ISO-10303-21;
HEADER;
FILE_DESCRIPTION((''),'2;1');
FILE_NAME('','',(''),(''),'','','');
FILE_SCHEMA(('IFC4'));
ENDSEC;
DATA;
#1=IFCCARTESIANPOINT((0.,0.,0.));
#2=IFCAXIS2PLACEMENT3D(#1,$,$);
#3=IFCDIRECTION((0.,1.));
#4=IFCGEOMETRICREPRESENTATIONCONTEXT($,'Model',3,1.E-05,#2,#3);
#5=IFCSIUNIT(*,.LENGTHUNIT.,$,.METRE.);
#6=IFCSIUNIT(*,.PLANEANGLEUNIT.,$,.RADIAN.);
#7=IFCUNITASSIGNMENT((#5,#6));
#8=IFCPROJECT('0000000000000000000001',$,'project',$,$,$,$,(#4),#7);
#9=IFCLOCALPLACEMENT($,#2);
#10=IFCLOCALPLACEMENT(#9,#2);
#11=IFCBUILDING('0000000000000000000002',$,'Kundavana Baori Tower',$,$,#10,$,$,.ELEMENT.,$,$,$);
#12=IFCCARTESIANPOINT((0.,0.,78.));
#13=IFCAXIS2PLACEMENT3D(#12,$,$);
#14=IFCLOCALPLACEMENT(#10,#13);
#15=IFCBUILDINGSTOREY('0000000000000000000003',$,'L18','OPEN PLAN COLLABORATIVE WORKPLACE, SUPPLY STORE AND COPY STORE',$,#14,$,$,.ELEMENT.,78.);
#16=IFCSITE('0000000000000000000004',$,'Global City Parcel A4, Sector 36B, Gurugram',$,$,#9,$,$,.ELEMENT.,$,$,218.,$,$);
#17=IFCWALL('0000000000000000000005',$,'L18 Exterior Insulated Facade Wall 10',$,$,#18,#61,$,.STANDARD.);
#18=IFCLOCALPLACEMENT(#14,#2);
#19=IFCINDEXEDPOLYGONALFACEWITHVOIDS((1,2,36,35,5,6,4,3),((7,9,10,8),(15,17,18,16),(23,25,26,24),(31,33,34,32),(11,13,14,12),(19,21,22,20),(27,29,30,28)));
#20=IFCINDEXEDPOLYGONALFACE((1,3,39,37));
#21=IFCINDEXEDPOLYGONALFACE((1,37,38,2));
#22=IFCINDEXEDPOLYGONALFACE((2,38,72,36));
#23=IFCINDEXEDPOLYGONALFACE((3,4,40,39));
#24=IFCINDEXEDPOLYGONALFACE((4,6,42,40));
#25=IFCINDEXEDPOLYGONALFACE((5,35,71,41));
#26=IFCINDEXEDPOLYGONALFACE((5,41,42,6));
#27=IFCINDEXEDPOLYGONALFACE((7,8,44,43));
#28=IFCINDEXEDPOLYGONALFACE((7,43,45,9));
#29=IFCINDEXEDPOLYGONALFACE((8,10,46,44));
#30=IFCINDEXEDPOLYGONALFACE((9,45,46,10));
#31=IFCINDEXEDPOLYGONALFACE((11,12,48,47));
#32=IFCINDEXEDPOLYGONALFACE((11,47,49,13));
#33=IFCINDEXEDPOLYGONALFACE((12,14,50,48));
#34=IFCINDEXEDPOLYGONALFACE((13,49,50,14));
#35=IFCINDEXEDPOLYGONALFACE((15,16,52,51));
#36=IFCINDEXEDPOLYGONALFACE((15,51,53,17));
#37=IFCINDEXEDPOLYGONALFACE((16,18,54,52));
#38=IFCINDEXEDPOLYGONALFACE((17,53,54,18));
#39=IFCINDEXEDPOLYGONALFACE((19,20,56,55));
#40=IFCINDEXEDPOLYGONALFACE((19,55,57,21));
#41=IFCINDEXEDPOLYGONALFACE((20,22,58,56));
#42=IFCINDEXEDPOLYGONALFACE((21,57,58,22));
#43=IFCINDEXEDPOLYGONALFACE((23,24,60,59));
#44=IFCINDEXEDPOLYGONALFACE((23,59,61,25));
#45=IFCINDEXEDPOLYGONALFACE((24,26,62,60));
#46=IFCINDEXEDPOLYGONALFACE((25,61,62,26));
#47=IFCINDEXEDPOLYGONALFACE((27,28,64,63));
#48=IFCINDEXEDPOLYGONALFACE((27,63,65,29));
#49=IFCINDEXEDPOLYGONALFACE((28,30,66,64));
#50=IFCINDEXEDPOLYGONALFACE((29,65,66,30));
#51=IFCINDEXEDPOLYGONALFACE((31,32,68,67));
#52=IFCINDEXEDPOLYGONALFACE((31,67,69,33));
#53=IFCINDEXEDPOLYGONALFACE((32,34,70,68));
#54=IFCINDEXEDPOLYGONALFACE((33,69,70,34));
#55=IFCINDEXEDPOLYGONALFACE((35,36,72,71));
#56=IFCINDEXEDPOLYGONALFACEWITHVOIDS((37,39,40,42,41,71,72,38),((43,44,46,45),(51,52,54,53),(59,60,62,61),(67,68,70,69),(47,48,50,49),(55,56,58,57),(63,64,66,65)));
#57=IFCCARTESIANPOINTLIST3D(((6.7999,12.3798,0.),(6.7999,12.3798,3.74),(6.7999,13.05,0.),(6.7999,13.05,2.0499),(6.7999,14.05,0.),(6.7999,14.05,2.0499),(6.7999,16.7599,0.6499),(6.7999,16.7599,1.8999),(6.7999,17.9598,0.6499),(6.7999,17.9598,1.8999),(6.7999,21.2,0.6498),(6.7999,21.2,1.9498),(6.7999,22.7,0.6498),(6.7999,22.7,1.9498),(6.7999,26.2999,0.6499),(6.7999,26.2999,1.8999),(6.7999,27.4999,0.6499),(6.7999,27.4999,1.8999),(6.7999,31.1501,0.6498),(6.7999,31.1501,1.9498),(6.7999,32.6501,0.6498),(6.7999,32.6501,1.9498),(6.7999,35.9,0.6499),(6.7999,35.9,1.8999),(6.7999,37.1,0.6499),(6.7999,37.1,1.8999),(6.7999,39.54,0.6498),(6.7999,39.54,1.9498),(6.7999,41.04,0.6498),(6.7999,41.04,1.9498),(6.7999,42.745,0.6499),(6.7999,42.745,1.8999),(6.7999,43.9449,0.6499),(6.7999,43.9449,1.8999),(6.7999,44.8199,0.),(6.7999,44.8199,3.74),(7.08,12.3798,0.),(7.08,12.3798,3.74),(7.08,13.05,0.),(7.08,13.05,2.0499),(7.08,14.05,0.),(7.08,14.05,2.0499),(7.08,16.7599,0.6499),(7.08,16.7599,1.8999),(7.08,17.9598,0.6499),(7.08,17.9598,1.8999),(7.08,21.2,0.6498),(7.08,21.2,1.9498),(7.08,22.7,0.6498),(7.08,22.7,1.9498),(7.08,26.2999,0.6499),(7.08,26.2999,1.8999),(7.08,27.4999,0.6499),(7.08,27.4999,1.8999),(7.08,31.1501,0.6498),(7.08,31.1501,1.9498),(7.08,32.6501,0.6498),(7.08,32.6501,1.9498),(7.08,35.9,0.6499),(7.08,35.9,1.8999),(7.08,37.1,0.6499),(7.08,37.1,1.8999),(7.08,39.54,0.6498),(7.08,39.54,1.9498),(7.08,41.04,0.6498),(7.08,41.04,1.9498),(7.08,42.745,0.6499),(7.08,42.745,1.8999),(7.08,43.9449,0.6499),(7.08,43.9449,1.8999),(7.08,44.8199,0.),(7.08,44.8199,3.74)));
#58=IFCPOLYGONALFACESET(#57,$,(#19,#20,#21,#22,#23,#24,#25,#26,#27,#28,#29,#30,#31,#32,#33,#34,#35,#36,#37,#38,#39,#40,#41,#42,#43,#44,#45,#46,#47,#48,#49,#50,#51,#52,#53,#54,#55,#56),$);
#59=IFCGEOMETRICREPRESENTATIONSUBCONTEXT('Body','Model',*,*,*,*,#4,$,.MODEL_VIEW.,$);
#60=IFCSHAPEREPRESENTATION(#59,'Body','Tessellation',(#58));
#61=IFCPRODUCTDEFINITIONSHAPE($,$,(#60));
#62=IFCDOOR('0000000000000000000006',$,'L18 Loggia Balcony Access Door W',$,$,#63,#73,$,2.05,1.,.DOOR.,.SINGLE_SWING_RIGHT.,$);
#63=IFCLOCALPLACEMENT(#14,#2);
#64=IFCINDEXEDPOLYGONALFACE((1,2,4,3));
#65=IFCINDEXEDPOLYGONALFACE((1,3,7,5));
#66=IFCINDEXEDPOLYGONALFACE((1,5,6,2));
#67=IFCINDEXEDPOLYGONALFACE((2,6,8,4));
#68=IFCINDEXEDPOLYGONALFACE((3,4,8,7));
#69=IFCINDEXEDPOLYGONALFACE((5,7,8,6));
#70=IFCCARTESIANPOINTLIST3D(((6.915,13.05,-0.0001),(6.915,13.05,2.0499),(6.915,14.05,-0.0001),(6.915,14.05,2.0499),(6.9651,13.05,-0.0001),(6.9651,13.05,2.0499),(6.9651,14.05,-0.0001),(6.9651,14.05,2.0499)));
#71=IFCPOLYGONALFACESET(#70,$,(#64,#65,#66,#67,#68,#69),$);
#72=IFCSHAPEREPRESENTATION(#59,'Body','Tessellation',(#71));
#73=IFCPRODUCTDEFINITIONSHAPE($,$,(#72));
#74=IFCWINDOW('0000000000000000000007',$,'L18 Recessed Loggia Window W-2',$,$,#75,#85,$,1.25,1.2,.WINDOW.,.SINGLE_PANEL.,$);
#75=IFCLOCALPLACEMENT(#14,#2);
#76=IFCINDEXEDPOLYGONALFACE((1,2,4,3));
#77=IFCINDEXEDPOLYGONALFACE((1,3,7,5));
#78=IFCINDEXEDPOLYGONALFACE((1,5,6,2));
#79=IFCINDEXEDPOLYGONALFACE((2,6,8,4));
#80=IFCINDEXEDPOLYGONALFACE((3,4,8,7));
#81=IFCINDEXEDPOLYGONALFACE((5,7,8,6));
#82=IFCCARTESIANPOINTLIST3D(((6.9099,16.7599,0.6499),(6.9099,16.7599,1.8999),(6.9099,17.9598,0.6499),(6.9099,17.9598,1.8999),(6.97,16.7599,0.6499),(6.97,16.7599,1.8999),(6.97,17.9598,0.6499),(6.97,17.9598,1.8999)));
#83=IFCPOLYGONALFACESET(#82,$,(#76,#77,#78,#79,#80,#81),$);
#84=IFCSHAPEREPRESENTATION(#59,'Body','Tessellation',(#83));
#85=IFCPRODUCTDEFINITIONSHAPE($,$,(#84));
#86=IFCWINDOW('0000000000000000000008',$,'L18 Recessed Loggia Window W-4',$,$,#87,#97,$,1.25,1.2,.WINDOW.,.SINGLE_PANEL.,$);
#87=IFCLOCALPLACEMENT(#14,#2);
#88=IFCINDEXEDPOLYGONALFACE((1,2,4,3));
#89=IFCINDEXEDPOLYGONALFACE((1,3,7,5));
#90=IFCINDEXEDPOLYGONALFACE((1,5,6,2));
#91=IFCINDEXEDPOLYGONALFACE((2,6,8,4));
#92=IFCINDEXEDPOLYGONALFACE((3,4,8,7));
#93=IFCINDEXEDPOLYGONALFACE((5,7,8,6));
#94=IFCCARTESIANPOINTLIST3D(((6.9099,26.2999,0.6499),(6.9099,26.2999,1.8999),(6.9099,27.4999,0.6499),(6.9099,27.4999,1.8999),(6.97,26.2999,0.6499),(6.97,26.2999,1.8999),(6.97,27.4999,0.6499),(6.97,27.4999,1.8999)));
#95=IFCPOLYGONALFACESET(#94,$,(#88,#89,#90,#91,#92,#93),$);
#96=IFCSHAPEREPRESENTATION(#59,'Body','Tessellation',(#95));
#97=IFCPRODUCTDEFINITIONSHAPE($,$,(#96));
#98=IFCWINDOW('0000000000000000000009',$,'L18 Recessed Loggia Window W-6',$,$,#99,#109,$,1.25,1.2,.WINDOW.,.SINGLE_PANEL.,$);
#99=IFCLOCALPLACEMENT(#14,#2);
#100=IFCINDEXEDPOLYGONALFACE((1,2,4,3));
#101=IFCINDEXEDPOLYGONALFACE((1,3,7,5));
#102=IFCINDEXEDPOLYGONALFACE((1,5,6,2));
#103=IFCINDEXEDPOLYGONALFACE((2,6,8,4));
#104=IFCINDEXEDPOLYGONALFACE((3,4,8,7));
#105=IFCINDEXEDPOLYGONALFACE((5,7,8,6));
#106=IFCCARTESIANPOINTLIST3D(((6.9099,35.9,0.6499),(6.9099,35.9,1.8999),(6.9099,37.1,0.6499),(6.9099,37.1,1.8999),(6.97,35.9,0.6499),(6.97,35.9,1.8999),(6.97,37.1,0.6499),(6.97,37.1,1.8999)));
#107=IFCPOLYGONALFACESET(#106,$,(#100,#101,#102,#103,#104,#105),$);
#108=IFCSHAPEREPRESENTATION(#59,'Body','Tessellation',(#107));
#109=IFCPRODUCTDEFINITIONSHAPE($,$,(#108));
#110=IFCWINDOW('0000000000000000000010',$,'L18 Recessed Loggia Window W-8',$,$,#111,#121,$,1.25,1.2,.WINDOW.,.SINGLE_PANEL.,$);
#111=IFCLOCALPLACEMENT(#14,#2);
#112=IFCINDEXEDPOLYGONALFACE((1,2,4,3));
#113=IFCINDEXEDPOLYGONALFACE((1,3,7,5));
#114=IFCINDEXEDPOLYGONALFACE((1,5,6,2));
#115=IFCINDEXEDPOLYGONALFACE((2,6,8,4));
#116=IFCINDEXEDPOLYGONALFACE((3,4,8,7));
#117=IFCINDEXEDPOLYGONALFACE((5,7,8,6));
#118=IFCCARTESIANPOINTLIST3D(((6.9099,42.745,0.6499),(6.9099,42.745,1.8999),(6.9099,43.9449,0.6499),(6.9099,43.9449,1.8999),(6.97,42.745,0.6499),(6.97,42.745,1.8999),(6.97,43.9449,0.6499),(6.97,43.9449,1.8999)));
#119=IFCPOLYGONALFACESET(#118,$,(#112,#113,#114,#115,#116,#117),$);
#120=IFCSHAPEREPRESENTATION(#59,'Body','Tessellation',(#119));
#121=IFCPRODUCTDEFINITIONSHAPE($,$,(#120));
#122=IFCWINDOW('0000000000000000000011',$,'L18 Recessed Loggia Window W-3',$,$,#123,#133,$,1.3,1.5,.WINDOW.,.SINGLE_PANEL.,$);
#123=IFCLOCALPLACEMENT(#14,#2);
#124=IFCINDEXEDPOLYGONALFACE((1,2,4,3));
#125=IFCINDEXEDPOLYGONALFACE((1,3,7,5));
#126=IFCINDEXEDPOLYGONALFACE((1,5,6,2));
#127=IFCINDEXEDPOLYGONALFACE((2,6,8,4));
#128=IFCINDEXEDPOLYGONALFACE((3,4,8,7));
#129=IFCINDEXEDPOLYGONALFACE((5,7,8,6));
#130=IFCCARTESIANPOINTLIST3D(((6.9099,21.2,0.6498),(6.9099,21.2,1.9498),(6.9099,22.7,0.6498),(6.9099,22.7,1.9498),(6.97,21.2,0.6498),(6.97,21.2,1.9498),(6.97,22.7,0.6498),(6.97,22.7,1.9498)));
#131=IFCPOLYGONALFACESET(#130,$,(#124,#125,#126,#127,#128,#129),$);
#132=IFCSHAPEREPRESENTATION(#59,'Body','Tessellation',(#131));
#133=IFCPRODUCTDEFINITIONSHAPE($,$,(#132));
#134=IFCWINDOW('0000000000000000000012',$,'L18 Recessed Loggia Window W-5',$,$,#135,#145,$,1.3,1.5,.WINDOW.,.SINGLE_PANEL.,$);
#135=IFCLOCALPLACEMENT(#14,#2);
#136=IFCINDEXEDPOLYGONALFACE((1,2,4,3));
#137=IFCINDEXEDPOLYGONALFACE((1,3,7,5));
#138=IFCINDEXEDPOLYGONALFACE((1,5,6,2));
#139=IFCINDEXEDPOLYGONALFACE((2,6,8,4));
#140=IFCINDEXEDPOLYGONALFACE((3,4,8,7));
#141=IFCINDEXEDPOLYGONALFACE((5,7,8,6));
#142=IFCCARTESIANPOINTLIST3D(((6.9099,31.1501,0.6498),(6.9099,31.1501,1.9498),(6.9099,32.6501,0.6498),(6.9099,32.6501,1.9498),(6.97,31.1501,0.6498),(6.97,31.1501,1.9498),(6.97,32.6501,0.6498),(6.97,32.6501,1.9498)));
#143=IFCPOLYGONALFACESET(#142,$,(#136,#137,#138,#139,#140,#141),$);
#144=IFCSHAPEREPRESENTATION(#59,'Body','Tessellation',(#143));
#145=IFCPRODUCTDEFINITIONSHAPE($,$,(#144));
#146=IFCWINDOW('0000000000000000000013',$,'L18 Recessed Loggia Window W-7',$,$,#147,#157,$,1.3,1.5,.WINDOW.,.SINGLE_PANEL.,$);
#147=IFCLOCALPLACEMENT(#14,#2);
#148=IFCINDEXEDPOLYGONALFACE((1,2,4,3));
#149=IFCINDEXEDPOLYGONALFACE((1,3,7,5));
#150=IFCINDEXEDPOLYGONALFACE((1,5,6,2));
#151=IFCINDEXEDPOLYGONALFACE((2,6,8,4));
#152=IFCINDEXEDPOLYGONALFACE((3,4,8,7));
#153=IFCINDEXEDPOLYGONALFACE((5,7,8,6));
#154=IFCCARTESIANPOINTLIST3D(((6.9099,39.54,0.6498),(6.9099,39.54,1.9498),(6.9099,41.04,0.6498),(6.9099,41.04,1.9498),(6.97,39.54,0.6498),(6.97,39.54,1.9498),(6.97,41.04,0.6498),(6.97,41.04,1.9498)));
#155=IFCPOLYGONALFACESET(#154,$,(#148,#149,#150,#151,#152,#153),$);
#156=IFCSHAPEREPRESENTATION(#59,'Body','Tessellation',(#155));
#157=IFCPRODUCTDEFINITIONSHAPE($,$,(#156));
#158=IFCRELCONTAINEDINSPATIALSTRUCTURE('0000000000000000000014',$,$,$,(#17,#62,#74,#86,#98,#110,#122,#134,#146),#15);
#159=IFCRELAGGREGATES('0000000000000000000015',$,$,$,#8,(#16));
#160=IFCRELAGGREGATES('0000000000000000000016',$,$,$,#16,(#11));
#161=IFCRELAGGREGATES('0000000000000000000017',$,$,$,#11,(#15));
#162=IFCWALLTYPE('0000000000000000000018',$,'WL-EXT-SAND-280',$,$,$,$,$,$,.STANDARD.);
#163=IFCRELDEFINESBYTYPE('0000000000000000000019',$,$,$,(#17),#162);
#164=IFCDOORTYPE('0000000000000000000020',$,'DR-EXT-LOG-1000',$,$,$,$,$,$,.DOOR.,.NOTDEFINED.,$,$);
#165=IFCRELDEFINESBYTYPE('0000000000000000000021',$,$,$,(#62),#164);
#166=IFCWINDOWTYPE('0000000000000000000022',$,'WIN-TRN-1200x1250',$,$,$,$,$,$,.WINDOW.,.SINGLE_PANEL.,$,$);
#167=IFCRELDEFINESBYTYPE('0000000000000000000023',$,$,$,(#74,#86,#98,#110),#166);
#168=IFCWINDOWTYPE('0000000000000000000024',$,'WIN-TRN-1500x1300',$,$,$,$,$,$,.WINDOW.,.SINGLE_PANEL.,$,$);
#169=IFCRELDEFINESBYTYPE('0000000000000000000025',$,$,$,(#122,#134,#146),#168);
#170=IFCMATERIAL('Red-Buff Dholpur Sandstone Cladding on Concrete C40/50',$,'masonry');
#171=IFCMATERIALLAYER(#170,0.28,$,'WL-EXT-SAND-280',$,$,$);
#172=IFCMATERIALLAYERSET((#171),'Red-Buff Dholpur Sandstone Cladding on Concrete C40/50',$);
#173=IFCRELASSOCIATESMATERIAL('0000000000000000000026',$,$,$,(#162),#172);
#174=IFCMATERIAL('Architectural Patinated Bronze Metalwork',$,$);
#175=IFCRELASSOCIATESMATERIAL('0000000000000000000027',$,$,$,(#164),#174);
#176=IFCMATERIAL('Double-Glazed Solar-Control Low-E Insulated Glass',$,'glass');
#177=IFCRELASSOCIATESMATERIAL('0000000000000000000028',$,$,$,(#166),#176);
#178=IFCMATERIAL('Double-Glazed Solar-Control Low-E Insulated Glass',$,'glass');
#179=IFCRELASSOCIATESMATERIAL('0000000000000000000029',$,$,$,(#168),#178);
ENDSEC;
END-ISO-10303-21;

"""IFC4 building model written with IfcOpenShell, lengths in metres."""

from ifc_helpers import new_model, si_unit, direction, frame, frame_2d, origin, place, context, subcontext, project, spatial, rectangle, extrude, material, layer, layer_set, type_object, element, fill, save


model = new_model("IFC4")

# Units and contexts
model_context = context("Model", 3, precision=1e-05, world=origin(), true_north=direction((0.0, 1.0)))
body_context = subcontext(model_context, "Body", "Model", "MODEL_VIEW")
ifc_project = project(units=[si_unit("LENGTHUNIT", "METRE"), si_unit("PLANEANGLEUNIT", "RADIAN")], contexts=[model_context])

# Site, building, storey
site_placement = place(None, origin())
site = spatial("IfcSite", under=ifc_project, at=site_placement, Name="Global City Parcel A4, Sector 36B, Gurugram", CompositionType="ELEMENT", RefElevation=218.0)
building_placement = place(site_placement, origin())
building = spatial("IfcBuilding", under=site, at=building_placement, Name="Kundavana Baori Tower", CompositionType="ELEMENT")
storey_placement = place(building_placement, frame((0.0, 0.0, 78.0)))
storey = spatial("IfcBuildingStorey", under=building, at=storey_placement, Name="L18", Description="OPEN PLAN COLLABORATIVE WORKPLACE, SUPPLY STORE AND COPY STORE", CompositionType="ELEMENT", Elevation=78.0)

# Shared definitions
ifc_material_1 = material(Name="Red-Buff Dholpur Sandstone Cladding on Concrete C40/50", Category="masonry")
ifc_layer_1 = layer(ifc_material_1, 0.28, Name="WL-EXT-SAND-280")
ifc_layer_set_1 = layer_set([ifc_layer_1], Name="Red-Buff Dholpur Sandstone Cladding on Concrete C40/50")
wall_type_1 = type_object("IfcWallType", Name="WL-EXT-SAND-280", PredefinedType="STANDARD", material=ifc_layer_set_1)

# Wall, openings, door, windows
wall_1_placement = place(storey_placement, frame((6.9399, 44.8201, 0.0), z_axis=(0.0, 0.0, 1.0), x_axis=(0.0, -1.0, 0.0)))
wall_1 = element("IfcWall", 1, at=wall_1_placement, inside=storey, type_object=wall_type_1, Name="L18 Exterior Insulated Facade Wall 10", PredefinedType="STANDARD", context=body_context, shape_type="SweptSolid", body=[
    extrude(rectangle(XDim=32.4402, YDim=0.28, at=frame_2d((16.2202, 0.0))), origin(), (0.0, 0.0, 1.0), 3.74),
])
opening_1_placement = place(wall_1_placement, frame((30.77, 0.0, 0.0)))
opening_1 = element("IfcOpeningElement", 2, at=opening_1_placement, cuts=wall_1, PredefinedType="OPENING", context=body_context, shape_type="SweptSolid", body=[
    extrude(rectangle(XDim=1.0, YDim=2.05, at=frame_2d((0.5, 1.0249))), frame((0.0, 0.1499, 0.0), z_axis=(0.0, -1.0, 0.0), x_axis=(1.0, 0.0, 0.0)), (0.0, 0.0, 1.0), 0.3),
])
opening_2_placement = place(wall_1_placement, frame((26.8601, 0.0, 0.6499)))
opening_2 = element("IfcOpeningElement", 3, at=opening_2_placement, cuts=wall_1, PredefinedType="OPENING", context=body_context, shape_type="SweptSolid", body=[
    extrude(rectangle(XDim=1.2, YDim=1.25, at=frame_2d((0.6001, 0.625))), frame((0.0, 0.1499, 0.0), z_axis=(0.0, -1.0, 0.0), x_axis=(1.0, 0.0, 0.0)), (0.0, 0.0, 1.0), 0.3),
])
opening_3_placement = place(wall_1_placement, frame((22.1201, 0.0, 0.6499)))
opening_3 = element("IfcOpeningElement", 4, at=opening_3_placement, cuts=wall_1, PredefinedType="OPENING", context=body_context, shape_type="SweptSolid", body=[
    extrude(rectangle(XDim=1.5, YDim=1.3, at=frame_2d((0.75, 0.6499))), frame((0.0, 0.1499, 0.0), z_axis=(0.0, -1.0, 0.0), x_axis=(1.0, 0.0, 0.0)), (0.0, 0.0, 1.0), 0.3),
])
opening_4_placement = place(wall_1_placement, frame((17.3201, 0.0, 0.6499)))
opening_4 = element("IfcOpeningElement", 5, at=opening_4_placement, cuts=wall_1, PredefinedType="OPENING", context=body_context, shape_type="SweptSolid", body=[
    extrude(rectangle(XDim=1.2, YDim=1.25, at=frame_2d((0.6001, 0.625))), frame((0.0, 0.1499, 0.0), z_axis=(0.0, -1.0, 0.0), x_axis=(1.0, 0.0, 0.0)), (0.0, 0.0, 1.0), 0.3),
])
opening_5_placement = place(wall_1_placement, frame((12.1699, 0.0, 0.6499)))
opening_5 = element("IfcOpeningElement", 6, at=opening_5_placement, cuts=wall_1, PredefinedType="OPENING", context=body_context, shape_type="SweptSolid", body=[
    extrude(rectangle(XDim=1.5, YDim=1.3, at=frame_2d((0.75, 0.6499))), frame((0.0, 0.1499, 0.0), z_axis=(0.0, -1.0, 0.0), x_axis=(1.0, 0.0, 0.0)), (0.0, 0.0, 1.0), 0.3),
])
opening_6_placement = place(wall_1_placement, frame((7.72, 0.0, 0.6499)))
opening_6 = element("IfcOpeningElement", 7, at=opening_6_placement, cuts=wall_1, PredefinedType="OPENING", context=body_context, shape_type="SweptSolid", body=[
    extrude(rectangle(XDim=1.2, YDim=1.25, at=frame_2d((0.6001, 0.625))), frame((0.0, 0.1499, 0.0), z_axis=(0.0, -1.0, 0.0), x_axis=(1.0, 0.0, 0.0)), (0.0, 0.0, 1.0), 0.3),
])
opening_7_placement = place(wall_1_placement, frame((3.78, 0.0, 0.6499)))
opening_7 = element("IfcOpeningElement", 8, at=opening_7_placement, cuts=wall_1, PredefinedType="OPENING", context=body_context, shape_type="SweptSolid", body=[
    extrude(rectangle(XDim=1.5, YDim=1.3, at=frame_2d((0.75, 0.6499))), frame((0.0, 0.1499, 0.0), z_axis=(0.0, -1.0, 0.0), x_axis=(1.0, 0.0, 0.0)), (0.0, 0.0, 1.0), 0.3),
])
opening_8_placement = place(wall_1_placement, frame((0.875, 0.0, 0.6499)))
opening_8 = element("IfcOpeningElement", 9, at=opening_8_placement, cuts=wall_1, PredefinedType="OPENING", context=body_context, shape_type="SweptSolid", body=[
    extrude(rectangle(XDim=1.2, YDim=1.25, at=frame_2d((0.6001, 0.625))), frame((0.0, 0.1499, 0.0), z_axis=(0.0, -1.0, 0.0), x_axis=(1.0, 0.0, 0.0)), (0.0, 0.0, 1.0), 0.3),
])
ifc_material_2 = material(Name="Architectural Patinated Bronze Metalwork")
door_type_1 = type_object("IfcDoorType", Name="DR-EXT-LOG-1000", OperationType="NOTDEFINED", PredefinedType="DOOR", material=ifc_material_2)
door_1_placement = place(opening_1_placement, frame((1.0, 0.0, 0.0), z_axis=(0.0, 0.0, 1.0), x_axis=(-1.0, 0.0, 0.0)))
door_1 = element("IfcDoor", 10, at=door_1_placement, inside=storey, type_object=door_type_1, Name="L18 Loggia Balcony Access Door W", OperationType="SINGLE_SWING_RIGHT", OverallHeight=2.05, OverallWidth=1.0, PredefinedType="DOOR", context=body_context, shape_type="SweptSolid", body=[
    extrude(rectangle(XDim=1.0, YDim=2.05, at=frame_2d((0.5, 1.0249))), frame((0.0, 0.0249, 0.0), z_axis=(0.0, -1.0, 0.0), x_axis=(1.0, 0.0, 0.0)), (0.0, 0.0, 1.0), 0.05),
])
fill(opening_1, door_1)
ifc_material_3 = material(Name="Double-Glazed Solar-Control Low-E Insulated Glass", Category="glass")
window_type_1 = type_object("IfcWindowType", Name="WIN-TRN-1200x1250", PartitioningType="SINGLE_PANEL", PredefinedType="WINDOW", material=ifc_material_3)
window_1_placement = place(opening_2_placement, origin())
window_1 = element("IfcWindow", 11, at=window_1_placement, inside=storey, type_object=window_type_1, Name="L18 Recessed Loggia Window W-2", OverallHeight=1.25, OverallWidth=1.2, PartitioningType="SINGLE_PANEL", PredefinedType="WINDOW", context=body_context, shape_type="SweptSolid", body=[
    extrude(rectangle(XDim=1.2, YDim=1.25, at=frame_2d((0.6001, 0.625))), frame((0.0, 0.03, 0.0), z_axis=(0.0, -1.0, 0.0), x_axis=(1.0, 0.0, 0.0)), (0.0, 0.0, 1.0), 0.0601),
])
fill(opening_2, window_1)
window_2_placement = place(opening_4_placement, origin())
window_2 = element("IfcWindow", 12, at=window_2_placement, inside=storey, type_object=window_type_1, Name="L18 Recessed Loggia Window W-4", OverallHeight=1.25, OverallWidth=1.2, PartitioningType="SINGLE_PANEL", PredefinedType="WINDOW", context=body_context, shape_type="SweptSolid", body=[
    extrude(rectangle(XDim=1.2, YDim=1.25, at=frame_2d((0.6001, 0.625))), frame((0.0, 0.03, 0.0), z_axis=(0.0, -1.0, 0.0), x_axis=(1.0, 0.0, 0.0)), (0.0, 0.0, 1.0), 0.0601),
])
fill(opening_4, window_2)
window_3_placement = place(opening_6_placement, origin())
window_3 = element("IfcWindow", 13, at=window_3_placement, inside=storey, type_object=window_type_1, Name="L18 Recessed Loggia Window W-6", OverallHeight=1.25, OverallWidth=1.2, PartitioningType="SINGLE_PANEL", PredefinedType="WINDOW", context=body_context, shape_type="SweptSolid", body=[
    extrude(rectangle(XDim=1.2, YDim=1.25, at=frame_2d((0.6001, 0.625))), frame((0.0, 0.03, 0.0), z_axis=(0.0, -1.0, 0.0), x_axis=(1.0, 0.0, 0.0)), (0.0, 0.0, 1.0), 0.0601),
])
fill(opening_6, window_3)
window_4_placement = place(opening_8_placement, origin())
window_4 = element("IfcWindow", 14, at=window_4_placement, inside=storey, type_object=window_type_1, Name="L18 Recessed Loggia Window W-8", OverallHeight=1.25, OverallWidth=1.2, PartitioningType="SINGLE_PANEL", PredefinedType="WINDOW", context=body_context, shape_type="SweptSolid", body=[
    extrude(rectangle(XDim=1.2, YDim=1.25, at=frame_2d((0.6001, 0.625))), frame((0.0, 0.03, 0.0), z_axis=(0.0, -1.0, 0.0), x_axis=(1.0, 0.0, 0.0)), (0.0, 0.0, 1.0), 0.0601),
])
fill(opening_8, window_4)
ifc_material_4 = material(Name="Double-Glazed Solar-Control Low-E Insulated Glass", Category="glass")
window_type_2 = type_object("IfcWindowType", Name="WIN-TRN-1500x1300", PartitioningType="SINGLE_PANEL", PredefinedType="WINDOW", material=ifc_material_4)
window_5_placement = place(opening_3_placement, origin())
window_5 = element("IfcWindow", 15, at=window_5_placement, inside=storey, type_object=window_type_2, Name="L18 Recessed Loggia Window W-3", OverallHeight=1.3, OverallWidth=1.5, PartitioningType="SINGLE_PANEL", PredefinedType="WINDOW", context=body_context, shape_type="SweptSolid", body=[
    extrude(rectangle(XDim=1.5, YDim=1.3, at=frame_2d((0.75, 0.6499))), frame((0.0, 0.03, 0.0), z_axis=(0.0, -1.0, 0.0), x_axis=(1.0, 0.0, 0.0)), (0.0, 0.0, 1.0), 0.0601),
])
fill(opening_3, window_5)
window_6_placement = place(opening_5_placement, origin())
window_6 = element("IfcWindow", 16, at=window_6_placement, inside=storey, type_object=window_type_2, Name="L18 Recessed Loggia Window W-5", OverallHeight=1.3, OverallWidth=1.5, PartitioningType="SINGLE_PANEL", PredefinedType="WINDOW", context=body_context, shape_type="SweptSolid", body=[
    extrude(rectangle(XDim=1.5, YDim=1.3, at=frame_2d((0.75, 0.6499))), frame((0.0, 0.03, 0.0), z_axis=(0.0, -1.0, 0.0), x_axis=(1.0, 0.0, 0.0)), (0.0, 0.0, 1.0), 0.0601),
])
fill(opening_5, window_6)
window_7_placement = place(opening_7_placement, origin())
window_7 = element("IfcWindow", 17, at=window_7_placement, inside=storey, type_object=window_type_2, Name="L18 Recessed Loggia Window W-7", OverallHeight=1.3, OverallWidth=1.5, PartitioningType="SINGLE_PANEL", PredefinedType="WINDOW", context=body_context, shape_type="SweptSolid", body=[
    extrude(rectangle(XDim=1.5, YDim=1.3, at=frame_2d((0.75, 0.6499))), frame((0.0, 0.03, 0.0), z_axis=(0.0, -1.0, 0.0), x_axis=(1.0, 0.0, 0.0)), (0.0, 0.0, 1.0), 0.0601),
])
fill(opening_7, window_7)

save(model, "model.ifc")
